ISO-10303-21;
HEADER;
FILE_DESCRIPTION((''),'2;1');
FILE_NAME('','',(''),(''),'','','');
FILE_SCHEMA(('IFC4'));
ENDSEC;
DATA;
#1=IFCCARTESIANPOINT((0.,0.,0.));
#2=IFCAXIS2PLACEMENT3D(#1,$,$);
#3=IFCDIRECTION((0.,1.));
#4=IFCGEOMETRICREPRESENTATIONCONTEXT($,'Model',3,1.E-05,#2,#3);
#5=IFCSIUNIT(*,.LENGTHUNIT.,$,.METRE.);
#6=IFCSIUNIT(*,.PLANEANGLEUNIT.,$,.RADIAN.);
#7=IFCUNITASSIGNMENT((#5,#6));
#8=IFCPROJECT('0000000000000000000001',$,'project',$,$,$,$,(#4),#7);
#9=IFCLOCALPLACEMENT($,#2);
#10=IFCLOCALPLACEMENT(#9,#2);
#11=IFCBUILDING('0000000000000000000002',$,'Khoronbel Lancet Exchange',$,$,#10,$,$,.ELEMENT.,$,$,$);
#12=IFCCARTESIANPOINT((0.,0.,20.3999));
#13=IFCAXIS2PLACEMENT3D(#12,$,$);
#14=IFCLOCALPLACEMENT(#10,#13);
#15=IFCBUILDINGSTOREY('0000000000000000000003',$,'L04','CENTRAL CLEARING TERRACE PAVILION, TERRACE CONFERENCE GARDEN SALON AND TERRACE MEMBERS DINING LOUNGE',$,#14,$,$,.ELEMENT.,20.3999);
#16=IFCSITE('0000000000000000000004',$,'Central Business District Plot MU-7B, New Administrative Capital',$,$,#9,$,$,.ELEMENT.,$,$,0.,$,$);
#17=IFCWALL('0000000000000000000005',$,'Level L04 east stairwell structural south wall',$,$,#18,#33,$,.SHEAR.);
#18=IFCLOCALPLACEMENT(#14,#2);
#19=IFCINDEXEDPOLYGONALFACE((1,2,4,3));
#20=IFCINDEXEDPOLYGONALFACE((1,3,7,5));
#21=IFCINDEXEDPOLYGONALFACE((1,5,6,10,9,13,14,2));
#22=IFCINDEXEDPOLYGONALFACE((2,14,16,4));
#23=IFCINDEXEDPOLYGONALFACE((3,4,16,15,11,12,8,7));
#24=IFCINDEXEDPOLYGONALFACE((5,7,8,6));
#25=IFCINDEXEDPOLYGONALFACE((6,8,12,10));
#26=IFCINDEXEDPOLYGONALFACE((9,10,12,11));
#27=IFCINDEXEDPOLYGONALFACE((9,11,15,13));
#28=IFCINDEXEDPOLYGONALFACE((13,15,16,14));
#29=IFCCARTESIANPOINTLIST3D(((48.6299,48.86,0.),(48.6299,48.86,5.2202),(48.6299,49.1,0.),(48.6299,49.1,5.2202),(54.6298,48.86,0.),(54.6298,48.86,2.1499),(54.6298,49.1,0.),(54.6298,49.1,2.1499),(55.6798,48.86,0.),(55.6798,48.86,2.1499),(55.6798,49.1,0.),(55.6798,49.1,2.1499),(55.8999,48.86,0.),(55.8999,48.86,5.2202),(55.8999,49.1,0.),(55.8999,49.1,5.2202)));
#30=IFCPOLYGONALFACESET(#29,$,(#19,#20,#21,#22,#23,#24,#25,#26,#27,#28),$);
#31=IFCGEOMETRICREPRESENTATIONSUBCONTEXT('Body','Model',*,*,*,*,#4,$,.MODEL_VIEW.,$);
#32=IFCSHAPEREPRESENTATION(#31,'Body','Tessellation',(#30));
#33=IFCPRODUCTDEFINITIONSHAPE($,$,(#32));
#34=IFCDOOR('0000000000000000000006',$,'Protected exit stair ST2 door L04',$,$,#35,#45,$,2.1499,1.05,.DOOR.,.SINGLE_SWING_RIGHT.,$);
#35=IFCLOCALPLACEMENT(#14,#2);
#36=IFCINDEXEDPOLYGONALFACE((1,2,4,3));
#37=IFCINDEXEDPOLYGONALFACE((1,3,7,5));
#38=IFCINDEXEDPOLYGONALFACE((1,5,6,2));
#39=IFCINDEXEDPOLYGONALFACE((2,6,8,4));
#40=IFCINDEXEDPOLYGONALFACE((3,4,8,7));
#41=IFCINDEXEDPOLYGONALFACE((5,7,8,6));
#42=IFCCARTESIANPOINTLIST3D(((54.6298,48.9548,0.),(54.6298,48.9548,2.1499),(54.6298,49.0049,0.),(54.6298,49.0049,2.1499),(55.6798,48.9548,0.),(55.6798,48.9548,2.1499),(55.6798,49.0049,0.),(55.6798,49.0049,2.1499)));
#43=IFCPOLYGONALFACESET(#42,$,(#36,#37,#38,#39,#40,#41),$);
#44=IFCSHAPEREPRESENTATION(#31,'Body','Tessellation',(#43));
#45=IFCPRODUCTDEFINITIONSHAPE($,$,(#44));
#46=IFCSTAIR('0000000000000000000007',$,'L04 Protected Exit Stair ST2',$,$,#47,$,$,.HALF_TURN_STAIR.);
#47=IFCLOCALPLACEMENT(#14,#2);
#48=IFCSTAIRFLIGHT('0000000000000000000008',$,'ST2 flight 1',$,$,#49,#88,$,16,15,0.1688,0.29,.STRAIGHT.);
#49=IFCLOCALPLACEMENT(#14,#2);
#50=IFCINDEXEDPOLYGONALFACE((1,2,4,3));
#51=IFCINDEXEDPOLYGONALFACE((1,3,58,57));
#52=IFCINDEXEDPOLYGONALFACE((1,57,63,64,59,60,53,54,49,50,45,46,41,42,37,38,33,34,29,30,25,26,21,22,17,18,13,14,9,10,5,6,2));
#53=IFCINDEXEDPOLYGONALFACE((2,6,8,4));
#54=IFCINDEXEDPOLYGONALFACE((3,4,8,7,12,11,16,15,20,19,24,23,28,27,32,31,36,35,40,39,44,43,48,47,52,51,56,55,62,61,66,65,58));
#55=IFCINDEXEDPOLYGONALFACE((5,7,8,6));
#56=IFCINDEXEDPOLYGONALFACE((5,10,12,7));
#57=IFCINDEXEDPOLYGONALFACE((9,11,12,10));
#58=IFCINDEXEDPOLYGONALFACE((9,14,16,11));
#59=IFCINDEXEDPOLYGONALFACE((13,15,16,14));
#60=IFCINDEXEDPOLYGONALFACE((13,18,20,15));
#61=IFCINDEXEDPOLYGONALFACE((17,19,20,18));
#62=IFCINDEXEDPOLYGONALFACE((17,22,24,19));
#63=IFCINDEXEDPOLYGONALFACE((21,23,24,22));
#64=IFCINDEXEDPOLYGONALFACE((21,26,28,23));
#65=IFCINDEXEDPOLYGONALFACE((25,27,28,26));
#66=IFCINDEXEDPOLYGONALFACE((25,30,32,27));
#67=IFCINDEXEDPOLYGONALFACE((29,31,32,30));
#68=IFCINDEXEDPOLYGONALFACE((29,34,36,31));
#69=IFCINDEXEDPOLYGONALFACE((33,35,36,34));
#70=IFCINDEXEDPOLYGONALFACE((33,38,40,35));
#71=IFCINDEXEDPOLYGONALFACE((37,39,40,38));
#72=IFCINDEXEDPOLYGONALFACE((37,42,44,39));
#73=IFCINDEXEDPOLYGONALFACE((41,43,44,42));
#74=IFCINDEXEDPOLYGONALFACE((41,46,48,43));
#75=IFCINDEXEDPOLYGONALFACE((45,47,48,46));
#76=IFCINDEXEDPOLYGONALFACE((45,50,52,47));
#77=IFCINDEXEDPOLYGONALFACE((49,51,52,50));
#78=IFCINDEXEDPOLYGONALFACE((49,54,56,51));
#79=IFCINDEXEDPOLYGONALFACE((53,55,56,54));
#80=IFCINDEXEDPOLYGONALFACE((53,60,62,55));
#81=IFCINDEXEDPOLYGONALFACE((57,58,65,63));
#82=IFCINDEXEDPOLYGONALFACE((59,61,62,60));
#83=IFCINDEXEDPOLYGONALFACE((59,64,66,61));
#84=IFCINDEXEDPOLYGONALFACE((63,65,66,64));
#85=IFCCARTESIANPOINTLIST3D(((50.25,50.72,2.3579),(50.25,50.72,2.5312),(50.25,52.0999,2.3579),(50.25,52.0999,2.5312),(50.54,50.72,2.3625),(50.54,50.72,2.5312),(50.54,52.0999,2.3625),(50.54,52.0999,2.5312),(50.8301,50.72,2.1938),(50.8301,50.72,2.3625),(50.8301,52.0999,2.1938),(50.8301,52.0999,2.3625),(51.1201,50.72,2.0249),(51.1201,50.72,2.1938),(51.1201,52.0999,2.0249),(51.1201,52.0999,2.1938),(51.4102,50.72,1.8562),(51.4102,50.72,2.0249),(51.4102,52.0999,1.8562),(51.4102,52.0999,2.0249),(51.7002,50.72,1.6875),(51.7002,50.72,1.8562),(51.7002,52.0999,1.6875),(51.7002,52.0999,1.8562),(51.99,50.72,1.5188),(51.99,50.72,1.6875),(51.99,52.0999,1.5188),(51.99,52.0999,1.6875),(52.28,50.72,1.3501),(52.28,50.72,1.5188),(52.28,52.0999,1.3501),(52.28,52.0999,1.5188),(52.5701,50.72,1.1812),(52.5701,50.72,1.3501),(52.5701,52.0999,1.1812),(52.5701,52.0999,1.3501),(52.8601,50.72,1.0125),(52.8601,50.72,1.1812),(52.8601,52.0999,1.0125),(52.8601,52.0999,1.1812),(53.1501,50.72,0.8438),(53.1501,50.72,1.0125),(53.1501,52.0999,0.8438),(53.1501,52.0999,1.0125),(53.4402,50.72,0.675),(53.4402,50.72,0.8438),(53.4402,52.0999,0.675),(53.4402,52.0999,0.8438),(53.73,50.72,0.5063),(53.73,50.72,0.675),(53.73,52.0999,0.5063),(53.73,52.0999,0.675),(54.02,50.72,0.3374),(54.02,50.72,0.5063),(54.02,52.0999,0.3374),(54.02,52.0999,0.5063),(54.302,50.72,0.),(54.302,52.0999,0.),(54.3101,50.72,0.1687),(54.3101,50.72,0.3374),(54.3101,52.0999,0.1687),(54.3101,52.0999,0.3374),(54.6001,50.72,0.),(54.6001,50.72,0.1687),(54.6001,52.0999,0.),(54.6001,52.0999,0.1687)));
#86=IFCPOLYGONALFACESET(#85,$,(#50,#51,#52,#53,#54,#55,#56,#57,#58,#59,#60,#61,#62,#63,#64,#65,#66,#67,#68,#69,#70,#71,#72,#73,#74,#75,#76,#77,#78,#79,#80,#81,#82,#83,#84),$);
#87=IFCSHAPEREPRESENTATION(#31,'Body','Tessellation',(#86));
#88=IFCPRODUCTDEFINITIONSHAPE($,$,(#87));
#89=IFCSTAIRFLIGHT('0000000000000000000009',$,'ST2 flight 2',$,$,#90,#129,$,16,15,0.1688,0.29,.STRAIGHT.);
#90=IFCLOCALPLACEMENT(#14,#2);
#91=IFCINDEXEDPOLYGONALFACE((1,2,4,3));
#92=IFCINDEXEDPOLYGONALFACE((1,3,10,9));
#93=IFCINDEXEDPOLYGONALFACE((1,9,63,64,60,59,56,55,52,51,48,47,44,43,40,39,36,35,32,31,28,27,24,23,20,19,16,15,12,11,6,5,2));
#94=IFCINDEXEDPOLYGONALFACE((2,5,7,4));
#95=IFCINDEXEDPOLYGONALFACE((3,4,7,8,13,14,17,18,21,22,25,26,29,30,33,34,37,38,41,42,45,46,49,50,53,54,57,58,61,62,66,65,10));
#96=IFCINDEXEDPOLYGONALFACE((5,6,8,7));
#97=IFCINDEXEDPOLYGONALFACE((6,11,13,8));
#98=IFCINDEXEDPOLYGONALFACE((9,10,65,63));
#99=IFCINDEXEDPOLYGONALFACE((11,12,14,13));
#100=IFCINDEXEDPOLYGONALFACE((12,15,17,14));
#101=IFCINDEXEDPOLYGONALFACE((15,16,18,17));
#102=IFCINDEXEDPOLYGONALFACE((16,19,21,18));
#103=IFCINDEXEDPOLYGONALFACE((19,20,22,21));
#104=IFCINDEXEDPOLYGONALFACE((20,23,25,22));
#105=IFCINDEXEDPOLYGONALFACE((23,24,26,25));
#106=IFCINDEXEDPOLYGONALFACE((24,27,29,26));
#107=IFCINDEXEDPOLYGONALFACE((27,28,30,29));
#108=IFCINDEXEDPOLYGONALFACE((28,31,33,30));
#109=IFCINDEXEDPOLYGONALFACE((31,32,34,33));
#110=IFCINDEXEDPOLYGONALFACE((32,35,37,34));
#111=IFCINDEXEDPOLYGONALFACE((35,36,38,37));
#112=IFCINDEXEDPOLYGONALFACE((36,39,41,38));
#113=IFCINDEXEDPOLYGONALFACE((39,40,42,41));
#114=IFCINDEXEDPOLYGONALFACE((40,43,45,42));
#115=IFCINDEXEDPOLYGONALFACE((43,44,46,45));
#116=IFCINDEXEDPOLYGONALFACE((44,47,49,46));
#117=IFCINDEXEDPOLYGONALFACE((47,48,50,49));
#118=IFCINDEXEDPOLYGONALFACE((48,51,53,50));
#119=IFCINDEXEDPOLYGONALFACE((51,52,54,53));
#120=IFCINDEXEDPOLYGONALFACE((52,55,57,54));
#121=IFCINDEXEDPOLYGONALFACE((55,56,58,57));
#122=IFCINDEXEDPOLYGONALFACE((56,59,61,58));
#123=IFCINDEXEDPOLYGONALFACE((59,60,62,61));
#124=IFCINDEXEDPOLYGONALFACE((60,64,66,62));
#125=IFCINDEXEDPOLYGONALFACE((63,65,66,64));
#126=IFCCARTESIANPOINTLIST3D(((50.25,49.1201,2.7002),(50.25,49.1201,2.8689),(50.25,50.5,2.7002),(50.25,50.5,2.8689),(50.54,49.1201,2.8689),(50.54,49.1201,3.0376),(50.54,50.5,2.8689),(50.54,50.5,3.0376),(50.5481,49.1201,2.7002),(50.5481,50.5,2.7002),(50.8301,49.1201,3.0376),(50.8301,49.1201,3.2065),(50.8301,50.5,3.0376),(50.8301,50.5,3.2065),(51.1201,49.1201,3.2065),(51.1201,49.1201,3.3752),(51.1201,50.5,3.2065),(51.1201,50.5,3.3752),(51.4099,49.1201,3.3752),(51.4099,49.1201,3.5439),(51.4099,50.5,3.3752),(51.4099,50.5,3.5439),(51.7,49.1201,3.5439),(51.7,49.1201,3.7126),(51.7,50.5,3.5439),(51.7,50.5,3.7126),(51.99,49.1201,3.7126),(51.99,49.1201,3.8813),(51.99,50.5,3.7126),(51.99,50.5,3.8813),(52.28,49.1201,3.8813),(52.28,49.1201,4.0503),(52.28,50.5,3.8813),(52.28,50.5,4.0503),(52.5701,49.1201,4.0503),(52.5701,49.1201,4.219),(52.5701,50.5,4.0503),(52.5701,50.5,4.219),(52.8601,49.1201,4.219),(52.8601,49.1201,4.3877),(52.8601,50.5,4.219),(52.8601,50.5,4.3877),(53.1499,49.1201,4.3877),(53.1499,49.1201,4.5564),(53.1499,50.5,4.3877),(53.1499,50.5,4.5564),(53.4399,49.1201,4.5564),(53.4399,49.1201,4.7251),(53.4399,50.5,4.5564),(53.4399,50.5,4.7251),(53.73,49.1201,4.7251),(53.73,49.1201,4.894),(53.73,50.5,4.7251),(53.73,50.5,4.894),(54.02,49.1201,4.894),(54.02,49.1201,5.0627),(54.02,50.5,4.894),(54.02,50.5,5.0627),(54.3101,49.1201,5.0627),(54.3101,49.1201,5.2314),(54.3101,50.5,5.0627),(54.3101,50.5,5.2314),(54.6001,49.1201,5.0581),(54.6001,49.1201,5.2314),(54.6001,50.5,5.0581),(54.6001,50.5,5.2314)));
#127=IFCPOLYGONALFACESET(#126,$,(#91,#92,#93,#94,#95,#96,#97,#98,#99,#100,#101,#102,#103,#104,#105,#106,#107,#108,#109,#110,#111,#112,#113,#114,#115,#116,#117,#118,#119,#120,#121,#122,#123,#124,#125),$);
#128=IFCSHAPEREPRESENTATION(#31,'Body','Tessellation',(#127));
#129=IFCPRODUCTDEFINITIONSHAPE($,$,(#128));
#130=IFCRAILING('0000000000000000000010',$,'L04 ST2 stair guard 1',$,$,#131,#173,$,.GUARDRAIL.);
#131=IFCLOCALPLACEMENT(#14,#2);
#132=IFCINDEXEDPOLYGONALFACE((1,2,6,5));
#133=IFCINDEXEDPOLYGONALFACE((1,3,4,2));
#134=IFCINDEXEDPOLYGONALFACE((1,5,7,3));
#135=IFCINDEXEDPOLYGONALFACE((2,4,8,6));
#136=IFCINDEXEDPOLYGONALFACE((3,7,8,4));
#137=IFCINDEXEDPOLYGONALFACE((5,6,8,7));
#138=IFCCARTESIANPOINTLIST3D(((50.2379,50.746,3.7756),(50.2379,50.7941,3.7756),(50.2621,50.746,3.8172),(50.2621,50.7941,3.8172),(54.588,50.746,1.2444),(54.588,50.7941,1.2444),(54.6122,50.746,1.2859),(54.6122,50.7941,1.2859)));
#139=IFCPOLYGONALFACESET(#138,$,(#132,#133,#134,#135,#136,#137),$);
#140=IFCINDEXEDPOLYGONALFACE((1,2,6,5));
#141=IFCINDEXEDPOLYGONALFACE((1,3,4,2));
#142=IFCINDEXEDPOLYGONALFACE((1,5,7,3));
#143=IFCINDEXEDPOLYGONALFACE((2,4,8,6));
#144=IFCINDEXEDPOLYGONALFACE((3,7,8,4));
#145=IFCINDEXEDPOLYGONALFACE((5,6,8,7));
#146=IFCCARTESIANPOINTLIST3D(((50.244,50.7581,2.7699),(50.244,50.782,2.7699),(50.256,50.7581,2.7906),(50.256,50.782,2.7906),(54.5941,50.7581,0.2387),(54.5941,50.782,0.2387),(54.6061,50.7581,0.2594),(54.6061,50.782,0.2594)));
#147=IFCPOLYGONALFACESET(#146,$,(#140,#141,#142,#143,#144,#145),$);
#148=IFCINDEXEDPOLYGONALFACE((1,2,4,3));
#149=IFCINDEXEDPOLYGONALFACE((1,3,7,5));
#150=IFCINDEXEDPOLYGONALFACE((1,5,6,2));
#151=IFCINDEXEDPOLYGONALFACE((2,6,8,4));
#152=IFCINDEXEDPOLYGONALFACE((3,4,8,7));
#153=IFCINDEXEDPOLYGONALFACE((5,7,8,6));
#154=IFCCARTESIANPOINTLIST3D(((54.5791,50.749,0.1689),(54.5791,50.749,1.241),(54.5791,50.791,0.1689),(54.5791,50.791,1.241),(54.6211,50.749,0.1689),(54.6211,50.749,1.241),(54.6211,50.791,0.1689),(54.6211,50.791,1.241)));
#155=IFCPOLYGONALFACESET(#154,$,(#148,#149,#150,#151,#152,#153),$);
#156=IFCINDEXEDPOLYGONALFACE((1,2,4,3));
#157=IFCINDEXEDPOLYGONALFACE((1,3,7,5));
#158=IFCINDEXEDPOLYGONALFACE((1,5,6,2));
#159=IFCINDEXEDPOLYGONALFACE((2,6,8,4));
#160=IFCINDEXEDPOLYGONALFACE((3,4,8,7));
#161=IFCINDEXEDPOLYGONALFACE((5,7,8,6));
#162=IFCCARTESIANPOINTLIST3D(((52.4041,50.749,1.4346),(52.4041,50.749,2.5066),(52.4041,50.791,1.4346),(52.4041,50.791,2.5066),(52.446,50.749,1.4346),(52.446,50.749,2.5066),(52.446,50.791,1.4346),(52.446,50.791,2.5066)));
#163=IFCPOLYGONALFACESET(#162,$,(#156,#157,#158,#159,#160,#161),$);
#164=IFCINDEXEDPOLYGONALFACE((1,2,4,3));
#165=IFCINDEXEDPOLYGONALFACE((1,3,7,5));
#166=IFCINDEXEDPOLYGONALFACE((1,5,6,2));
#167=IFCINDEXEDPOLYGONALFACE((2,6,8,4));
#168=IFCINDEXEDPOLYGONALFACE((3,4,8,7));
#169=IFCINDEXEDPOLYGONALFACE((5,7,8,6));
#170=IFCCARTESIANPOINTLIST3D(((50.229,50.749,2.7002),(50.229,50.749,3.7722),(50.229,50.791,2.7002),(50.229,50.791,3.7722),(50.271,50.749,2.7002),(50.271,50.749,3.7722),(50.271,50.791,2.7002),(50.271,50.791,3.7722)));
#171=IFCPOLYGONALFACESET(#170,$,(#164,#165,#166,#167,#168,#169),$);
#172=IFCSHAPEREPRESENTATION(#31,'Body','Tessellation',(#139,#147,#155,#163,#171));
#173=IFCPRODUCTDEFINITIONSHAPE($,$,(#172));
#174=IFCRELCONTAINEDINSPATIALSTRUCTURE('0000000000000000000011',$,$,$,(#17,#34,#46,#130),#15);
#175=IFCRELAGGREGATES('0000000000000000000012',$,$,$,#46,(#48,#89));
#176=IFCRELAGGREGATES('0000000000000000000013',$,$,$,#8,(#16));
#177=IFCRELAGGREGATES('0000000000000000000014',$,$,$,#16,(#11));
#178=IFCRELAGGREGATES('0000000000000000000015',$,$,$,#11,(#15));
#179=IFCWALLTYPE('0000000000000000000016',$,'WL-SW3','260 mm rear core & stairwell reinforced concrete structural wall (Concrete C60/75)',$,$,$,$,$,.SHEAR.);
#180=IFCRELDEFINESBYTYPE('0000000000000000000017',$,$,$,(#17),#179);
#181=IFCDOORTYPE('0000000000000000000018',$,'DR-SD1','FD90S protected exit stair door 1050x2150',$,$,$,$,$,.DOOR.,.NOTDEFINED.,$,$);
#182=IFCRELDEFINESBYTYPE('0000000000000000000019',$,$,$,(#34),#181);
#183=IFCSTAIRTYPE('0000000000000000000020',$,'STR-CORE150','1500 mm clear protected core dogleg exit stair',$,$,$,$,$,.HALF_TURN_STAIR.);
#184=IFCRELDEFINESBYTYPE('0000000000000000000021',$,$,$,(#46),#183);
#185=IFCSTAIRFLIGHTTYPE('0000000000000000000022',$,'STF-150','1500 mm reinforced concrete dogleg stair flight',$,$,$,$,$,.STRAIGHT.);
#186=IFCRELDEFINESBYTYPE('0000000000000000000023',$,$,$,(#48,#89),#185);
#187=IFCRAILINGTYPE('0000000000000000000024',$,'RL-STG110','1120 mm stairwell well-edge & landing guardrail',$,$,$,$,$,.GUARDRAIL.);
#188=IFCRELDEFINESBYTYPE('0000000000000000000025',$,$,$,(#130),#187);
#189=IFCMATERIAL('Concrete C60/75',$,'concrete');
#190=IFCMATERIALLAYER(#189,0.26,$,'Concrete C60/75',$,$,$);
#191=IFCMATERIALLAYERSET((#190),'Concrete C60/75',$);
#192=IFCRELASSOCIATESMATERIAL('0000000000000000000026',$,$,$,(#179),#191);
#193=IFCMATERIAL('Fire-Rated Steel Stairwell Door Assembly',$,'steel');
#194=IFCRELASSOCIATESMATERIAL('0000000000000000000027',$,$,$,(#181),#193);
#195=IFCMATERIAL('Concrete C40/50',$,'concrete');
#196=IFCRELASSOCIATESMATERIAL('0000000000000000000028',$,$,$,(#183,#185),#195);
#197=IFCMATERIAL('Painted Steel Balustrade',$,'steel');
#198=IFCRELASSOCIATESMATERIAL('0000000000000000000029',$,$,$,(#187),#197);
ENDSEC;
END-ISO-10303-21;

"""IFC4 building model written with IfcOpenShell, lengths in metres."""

from ifc_helpers import new_model, si_unit, direction, frame, frame_2d, origin, origin_2d, place, context, subcontext, project, spatial, polyline, rectangle, outline, extrude, material, layer, layer_set, type_object, element, fill, aggregate, save


model = new_model("IFC4")

# Units and contexts
model_context = context("Model", 3, precision=1e-05, world=origin(), true_north=direction((0.0, 1.0)))
body_context = subcontext(model_context, "Body", "Model", "MODEL_VIEW")
ifc_project = project(units=[si_unit("LENGTHUNIT", "METRE"), si_unit("PLANEANGLEUNIT", "RADIAN")], contexts=[model_context])

# Site, building, storey
site_placement = place(None, origin())
site = spatial("IfcSite", under=ifc_project, at=site_placement, Name="Central Business District Plot MU-7B, New Administrative Capital", CompositionType="ELEMENT", RefElevation=0.0)
building_placement = place(site_placement, origin())
building = spatial("IfcBuilding", under=site, at=building_placement, Name="Khoronbel Lancet Exchange", CompositionType="ELEMENT")
storey_placement = place(building_placement, frame((0.0, 0.0, 20.3999)))
storey = spatial("IfcBuildingStorey", under=building, at=storey_placement, Name="L04", Description="CENTRAL CLEARING TERRACE PAVILION, TERRACE CONFERENCE GARDEN SALON AND TERRACE MEMBERS DINING LOUNGE", CompositionType="ELEMENT", Elevation=20.3999)

# Wall, opening, door
ifc_material_1 = material(Name="Concrete C60/75", Category="concrete")
ifc_layer_1 = layer(ifc_material_1, 0.26, Name="Concrete C60/75")
ifc_layer_set_1 = layer_set([ifc_layer_1], Name="Concrete C60/75")
wall_type_1 = type_object("IfcWallType", Name="WL-SW3", Description="260 mm rear core & stairwell reinforced concrete structural wall (Concrete C60/75)", PredefinedType="SHEAR", material=ifc_layer_set_1)
wall_1_placement = place(storey_placement, frame((48.6299, 48.98, 0.0), z_axis=(0.0, 0.0, 1.0), x_axis=(1.0, 0.0, 0.0)))
wall_1 = element("IfcWall", 1, at=wall_1_placement, inside=storey, type_object=wall_type_1, Name="Level L04 east stairwell structural south wall", PredefinedType="SHEAR", context=body_context, shape_type="SweptSolid", body=[
    extrude(rectangle(XDim=7.27, YDim=0.24, at=frame_2d((3.635, 0.0))), origin(), (0.0, 0.0, 1.0), 5.2202),
])
opening_1_placement = place(wall_1_placement, frame((6.0, 0.0, 0.0)))
opening_1 = element("IfcOpeningElement", 2, at=opening_1_placement, cuts=wall_1, PredefinedType="OPENING", context=body_context, shape_type="SweptSolid", body=[
    extrude(rectangle(XDim=1.05, YDim=2.1499, at=frame_2d((0.5249, 1.075))), frame((0.0, 0.1299, 0.0), z_axis=(0.0, -1.0, 0.0), x_axis=(1.0, 0.0, 0.0)), (0.0, 0.0, 1.0), 0.26),
])
ifc_material_2 = material(Name="Fire-Rated Steel Stairwell Door Assembly", Category="steel")
door_type_1 = type_object("IfcDoorType", Name="DR-SD1", Description="FD90S protected exit stair door 1050x2150", OperationType="NOTDEFINED", PredefinedType="DOOR", material=ifc_material_2)
door_1_placement = place(opening_1_placement, origin())
door_1 = element("IfcDoor", 3, at=door_1_placement, inside=storey, type_object=door_type_1, Name="Protected exit stair ST2 door L04", OperationType="SINGLE_SWING_RIGHT", OverallHeight=2.1499, OverallWidth=1.05, PredefinedType="DOOR", context=body_context, shape_type="SweptSolid", body=[
    extrude(rectangle(XDim=1.05, YDim=2.1499, at=frame_2d((0.5249, 1.075))), frame((0.0, 0.0249, 0.0), z_axis=(0.0, -1.0, 0.0), x_axis=(1.0, 0.0, 0.0)), (0.0, 0.0, 1.0), 0.05),
])
fill(opening_1, door_1)

# Stair, stair flights
ifc_material_3 = material(Name="Concrete C40/50", Category="concrete")
stair_type = type_object("IfcStairType", Name="STR-CORE150", Description="1500 mm clear protected core dogleg exit stair", PredefinedType="HALF_TURN_STAIR", material=ifc_material_3)
stair_placement = place(storey_placement, origin())
stair = element("IfcStair", 4, at=stair_placement, inside=storey, type_object=stair_type, Name="L04 Protected Exit Stair ST2", PredefinedType="HALF_TURN_STAIR")
stair_flight_type = type_object("IfcStairFlightType", Name="STF-150", Description="1500 mm reinforced concrete dogleg stair flight", PredefinedType="STRAIGHT", material=ifc_material_3)
stair_flight_1_placement = place(storey_placement, frame((54.6001, 51.4099, 0.0), z_axis=(0.0, 0.0, 1.0), x_axis=(-1.0, 0.0, 0.0)))
stair_flight_1 = element("IfcStairFlight", 5, at=stair_flight_1_placement, type_object=stair_flight_type, Name="ST2 flight 1", NumberOfRisers=16, NumberOfTreads=15, PredefinedType="STRAIGHT", RiserHeight=0.1688, TreadLength=0.29, context=body_context, shape_type="SweptSolid", body=[
    extrude(outline(polyline([(0.0, 0.0), (0.0, 0.1687), (0.29, 0.1687), (0.29, 0.3374), (0.5801, 0.3374), (0.5801, 0.5063), (0.8701, 0.5063), (0.8701, 0.675), (1.1599, 0.675), (1.1599, 0.8438), (1.45, 0.8438), (1.45, 1.0125), (1.74, 1.0125), (1.74, 1.1812), (2.03, 1.1812), (2.03, 1.3501), (2.3201, 1.3501), (2.3201, 1.5188), (2.6101, 1.5188), (2.6101, 1.6875), (2.8999, 1.6875), (2.8999, 1.8562), (3.1899, 1.8562), (3.1899, 2.0249), (3.48, 2.0249), (3.48, 2.1938), (3.77, 2.1938), (3.77, 2.3625), (4.0601, 2.3625), (4.0601, 2.5312), (4.3501, 2.5312), (4.3501, 2.7), (4.3501, 2.3579), (0.2981, 0.0), (0.0, 0.0)])), frame((0.0, 0.6899, 0.0), z_axis=(0.0, -1.0, 0.0), x_axis=(1.0, 0.0, 0.0)), (0.0, 0.0, 1.0), 1.3799),
])
stair_flight_2_placement = place(storey_placement, frame((50.25, 49.8101, 2.7002), z_axis=(0.0, 0.0, 1.0), x_axis=(1.0, 0.0, 0.0)))
stair_flight_2 = element("IfcStairFlight", 6, at=stair_flight_2_placement, type_object=stair_flight_type, Name="ST2 flight 2", NumberOfRisers=16, NumberOfTreads=15, PredefinedType="STRAIGHT", RiserHeight=0.1688, TreadLength=0.29, context=body_context, shape_type="SweptSolid", body=[
    extrude(outline(polyline([(0.0, 0.0), (0.0, 0.1687), (0.29, 0.1687), (0.29, 0.3374), (0.5801, 0.3374), (0.5801, 0.5063), (0.8701, 0.5063), (0.8701, 0.675), (1.1599, 0.675), (1.1599, 0.8438), (1.45, 0.8438), (1.45, 1.0125), (1.74, 1.0125), (1.74, 1.1812), (2.03, 1.1812), (2.03, 1.3501), (2.3201, 1.3501), (2.3201, 1.5188), (2.6101, 1.5188), (2.6101, 1.6875), (2.8999, 1.6875), (2.8999, 1.8562), (3.1899, 1.8562), (3.1899, 2.0249), (3.48, 2.0249), (3.48, 2.1938), (3.77, 2.1938), (3.77, 2.3625), (4.0601, 2.3625), (4.0601, 2.5312), (4.3501, 2.5312), (4.3501, 2.7), (4.3501, 2.3579), (0.2981, 0.0), (0.0, 0.0)])), frame((0.0, 0.6899, 0.0), z_axis=(0.0, -1.0, 0.0), x_axis=(1.0, 0.0, 0.0)), (0.0, 0.0, 1.0), 1.3799),
])
aggregate(stair, [stair_flight_1, stair_flight_2])

# Railing
ifc_material_4 = material(Name="Painted Steel Balustrade", Category="steel")
railing_type_1 = type_object("IfcRailingType", Name="RL-STG110", Description="1120 mm stairwell well-edge & landing guardrail", PredefinedType="GUARDRAIL", material=ifc_material_4)
railing_1_placement = place(storey_placement, frame((54.6001, 50.77, 0.1689)))
element("IfcRailing", 7, at=railing_1_placement, inside=storey, type_object=railing_type_1, Name="L04 ST2 stair guard 1", PredefinedType="GUARDRAIL", context=body_context, shape_type="SweptSolid", body=[
    extrude(rectangle(XDim=0.0481, YDim=0.0481, at=origin_2d()), frame((0.0, 0.0, 1.0962), z_axis=(-0.864324, 0.0, 0.502936), x_axis=(0.0, -1.0, 0.0)), (0.0, 0.0, 1.0), 5.033),
    extrude(rectangle(XDim=0.0239, YDim=0.0239, at=origin_2d()), frame((0.0, 0.0, 0.0801), z_axis=(-0.864324, 0.0, 0.502936), x_axis=(0.0, -1.0, 0.0)), (0.0, 0.0, 1.0), 5.033),
    extrude(rectangle(XDim=0.042, YDim=0.042, at=origin_2d()), origin(), (0.0, 0.0, 1.0), 1.072),
    extrude(rectangle(XDim=0.042, YDim=0.042, at=origin_2d()), frame((-2.175, 0.0, 1.2656)), (0.0, 0.0, 1.0), 1.072),
    extrude(rectangle(XDim=0.042, YDim=0.042, at=origin_2d()), frame((-4.3501, 0.0, 2.5312)), (0.0, 0.0, 1.0), 1.072),
])

save(model, "model.ifc")
